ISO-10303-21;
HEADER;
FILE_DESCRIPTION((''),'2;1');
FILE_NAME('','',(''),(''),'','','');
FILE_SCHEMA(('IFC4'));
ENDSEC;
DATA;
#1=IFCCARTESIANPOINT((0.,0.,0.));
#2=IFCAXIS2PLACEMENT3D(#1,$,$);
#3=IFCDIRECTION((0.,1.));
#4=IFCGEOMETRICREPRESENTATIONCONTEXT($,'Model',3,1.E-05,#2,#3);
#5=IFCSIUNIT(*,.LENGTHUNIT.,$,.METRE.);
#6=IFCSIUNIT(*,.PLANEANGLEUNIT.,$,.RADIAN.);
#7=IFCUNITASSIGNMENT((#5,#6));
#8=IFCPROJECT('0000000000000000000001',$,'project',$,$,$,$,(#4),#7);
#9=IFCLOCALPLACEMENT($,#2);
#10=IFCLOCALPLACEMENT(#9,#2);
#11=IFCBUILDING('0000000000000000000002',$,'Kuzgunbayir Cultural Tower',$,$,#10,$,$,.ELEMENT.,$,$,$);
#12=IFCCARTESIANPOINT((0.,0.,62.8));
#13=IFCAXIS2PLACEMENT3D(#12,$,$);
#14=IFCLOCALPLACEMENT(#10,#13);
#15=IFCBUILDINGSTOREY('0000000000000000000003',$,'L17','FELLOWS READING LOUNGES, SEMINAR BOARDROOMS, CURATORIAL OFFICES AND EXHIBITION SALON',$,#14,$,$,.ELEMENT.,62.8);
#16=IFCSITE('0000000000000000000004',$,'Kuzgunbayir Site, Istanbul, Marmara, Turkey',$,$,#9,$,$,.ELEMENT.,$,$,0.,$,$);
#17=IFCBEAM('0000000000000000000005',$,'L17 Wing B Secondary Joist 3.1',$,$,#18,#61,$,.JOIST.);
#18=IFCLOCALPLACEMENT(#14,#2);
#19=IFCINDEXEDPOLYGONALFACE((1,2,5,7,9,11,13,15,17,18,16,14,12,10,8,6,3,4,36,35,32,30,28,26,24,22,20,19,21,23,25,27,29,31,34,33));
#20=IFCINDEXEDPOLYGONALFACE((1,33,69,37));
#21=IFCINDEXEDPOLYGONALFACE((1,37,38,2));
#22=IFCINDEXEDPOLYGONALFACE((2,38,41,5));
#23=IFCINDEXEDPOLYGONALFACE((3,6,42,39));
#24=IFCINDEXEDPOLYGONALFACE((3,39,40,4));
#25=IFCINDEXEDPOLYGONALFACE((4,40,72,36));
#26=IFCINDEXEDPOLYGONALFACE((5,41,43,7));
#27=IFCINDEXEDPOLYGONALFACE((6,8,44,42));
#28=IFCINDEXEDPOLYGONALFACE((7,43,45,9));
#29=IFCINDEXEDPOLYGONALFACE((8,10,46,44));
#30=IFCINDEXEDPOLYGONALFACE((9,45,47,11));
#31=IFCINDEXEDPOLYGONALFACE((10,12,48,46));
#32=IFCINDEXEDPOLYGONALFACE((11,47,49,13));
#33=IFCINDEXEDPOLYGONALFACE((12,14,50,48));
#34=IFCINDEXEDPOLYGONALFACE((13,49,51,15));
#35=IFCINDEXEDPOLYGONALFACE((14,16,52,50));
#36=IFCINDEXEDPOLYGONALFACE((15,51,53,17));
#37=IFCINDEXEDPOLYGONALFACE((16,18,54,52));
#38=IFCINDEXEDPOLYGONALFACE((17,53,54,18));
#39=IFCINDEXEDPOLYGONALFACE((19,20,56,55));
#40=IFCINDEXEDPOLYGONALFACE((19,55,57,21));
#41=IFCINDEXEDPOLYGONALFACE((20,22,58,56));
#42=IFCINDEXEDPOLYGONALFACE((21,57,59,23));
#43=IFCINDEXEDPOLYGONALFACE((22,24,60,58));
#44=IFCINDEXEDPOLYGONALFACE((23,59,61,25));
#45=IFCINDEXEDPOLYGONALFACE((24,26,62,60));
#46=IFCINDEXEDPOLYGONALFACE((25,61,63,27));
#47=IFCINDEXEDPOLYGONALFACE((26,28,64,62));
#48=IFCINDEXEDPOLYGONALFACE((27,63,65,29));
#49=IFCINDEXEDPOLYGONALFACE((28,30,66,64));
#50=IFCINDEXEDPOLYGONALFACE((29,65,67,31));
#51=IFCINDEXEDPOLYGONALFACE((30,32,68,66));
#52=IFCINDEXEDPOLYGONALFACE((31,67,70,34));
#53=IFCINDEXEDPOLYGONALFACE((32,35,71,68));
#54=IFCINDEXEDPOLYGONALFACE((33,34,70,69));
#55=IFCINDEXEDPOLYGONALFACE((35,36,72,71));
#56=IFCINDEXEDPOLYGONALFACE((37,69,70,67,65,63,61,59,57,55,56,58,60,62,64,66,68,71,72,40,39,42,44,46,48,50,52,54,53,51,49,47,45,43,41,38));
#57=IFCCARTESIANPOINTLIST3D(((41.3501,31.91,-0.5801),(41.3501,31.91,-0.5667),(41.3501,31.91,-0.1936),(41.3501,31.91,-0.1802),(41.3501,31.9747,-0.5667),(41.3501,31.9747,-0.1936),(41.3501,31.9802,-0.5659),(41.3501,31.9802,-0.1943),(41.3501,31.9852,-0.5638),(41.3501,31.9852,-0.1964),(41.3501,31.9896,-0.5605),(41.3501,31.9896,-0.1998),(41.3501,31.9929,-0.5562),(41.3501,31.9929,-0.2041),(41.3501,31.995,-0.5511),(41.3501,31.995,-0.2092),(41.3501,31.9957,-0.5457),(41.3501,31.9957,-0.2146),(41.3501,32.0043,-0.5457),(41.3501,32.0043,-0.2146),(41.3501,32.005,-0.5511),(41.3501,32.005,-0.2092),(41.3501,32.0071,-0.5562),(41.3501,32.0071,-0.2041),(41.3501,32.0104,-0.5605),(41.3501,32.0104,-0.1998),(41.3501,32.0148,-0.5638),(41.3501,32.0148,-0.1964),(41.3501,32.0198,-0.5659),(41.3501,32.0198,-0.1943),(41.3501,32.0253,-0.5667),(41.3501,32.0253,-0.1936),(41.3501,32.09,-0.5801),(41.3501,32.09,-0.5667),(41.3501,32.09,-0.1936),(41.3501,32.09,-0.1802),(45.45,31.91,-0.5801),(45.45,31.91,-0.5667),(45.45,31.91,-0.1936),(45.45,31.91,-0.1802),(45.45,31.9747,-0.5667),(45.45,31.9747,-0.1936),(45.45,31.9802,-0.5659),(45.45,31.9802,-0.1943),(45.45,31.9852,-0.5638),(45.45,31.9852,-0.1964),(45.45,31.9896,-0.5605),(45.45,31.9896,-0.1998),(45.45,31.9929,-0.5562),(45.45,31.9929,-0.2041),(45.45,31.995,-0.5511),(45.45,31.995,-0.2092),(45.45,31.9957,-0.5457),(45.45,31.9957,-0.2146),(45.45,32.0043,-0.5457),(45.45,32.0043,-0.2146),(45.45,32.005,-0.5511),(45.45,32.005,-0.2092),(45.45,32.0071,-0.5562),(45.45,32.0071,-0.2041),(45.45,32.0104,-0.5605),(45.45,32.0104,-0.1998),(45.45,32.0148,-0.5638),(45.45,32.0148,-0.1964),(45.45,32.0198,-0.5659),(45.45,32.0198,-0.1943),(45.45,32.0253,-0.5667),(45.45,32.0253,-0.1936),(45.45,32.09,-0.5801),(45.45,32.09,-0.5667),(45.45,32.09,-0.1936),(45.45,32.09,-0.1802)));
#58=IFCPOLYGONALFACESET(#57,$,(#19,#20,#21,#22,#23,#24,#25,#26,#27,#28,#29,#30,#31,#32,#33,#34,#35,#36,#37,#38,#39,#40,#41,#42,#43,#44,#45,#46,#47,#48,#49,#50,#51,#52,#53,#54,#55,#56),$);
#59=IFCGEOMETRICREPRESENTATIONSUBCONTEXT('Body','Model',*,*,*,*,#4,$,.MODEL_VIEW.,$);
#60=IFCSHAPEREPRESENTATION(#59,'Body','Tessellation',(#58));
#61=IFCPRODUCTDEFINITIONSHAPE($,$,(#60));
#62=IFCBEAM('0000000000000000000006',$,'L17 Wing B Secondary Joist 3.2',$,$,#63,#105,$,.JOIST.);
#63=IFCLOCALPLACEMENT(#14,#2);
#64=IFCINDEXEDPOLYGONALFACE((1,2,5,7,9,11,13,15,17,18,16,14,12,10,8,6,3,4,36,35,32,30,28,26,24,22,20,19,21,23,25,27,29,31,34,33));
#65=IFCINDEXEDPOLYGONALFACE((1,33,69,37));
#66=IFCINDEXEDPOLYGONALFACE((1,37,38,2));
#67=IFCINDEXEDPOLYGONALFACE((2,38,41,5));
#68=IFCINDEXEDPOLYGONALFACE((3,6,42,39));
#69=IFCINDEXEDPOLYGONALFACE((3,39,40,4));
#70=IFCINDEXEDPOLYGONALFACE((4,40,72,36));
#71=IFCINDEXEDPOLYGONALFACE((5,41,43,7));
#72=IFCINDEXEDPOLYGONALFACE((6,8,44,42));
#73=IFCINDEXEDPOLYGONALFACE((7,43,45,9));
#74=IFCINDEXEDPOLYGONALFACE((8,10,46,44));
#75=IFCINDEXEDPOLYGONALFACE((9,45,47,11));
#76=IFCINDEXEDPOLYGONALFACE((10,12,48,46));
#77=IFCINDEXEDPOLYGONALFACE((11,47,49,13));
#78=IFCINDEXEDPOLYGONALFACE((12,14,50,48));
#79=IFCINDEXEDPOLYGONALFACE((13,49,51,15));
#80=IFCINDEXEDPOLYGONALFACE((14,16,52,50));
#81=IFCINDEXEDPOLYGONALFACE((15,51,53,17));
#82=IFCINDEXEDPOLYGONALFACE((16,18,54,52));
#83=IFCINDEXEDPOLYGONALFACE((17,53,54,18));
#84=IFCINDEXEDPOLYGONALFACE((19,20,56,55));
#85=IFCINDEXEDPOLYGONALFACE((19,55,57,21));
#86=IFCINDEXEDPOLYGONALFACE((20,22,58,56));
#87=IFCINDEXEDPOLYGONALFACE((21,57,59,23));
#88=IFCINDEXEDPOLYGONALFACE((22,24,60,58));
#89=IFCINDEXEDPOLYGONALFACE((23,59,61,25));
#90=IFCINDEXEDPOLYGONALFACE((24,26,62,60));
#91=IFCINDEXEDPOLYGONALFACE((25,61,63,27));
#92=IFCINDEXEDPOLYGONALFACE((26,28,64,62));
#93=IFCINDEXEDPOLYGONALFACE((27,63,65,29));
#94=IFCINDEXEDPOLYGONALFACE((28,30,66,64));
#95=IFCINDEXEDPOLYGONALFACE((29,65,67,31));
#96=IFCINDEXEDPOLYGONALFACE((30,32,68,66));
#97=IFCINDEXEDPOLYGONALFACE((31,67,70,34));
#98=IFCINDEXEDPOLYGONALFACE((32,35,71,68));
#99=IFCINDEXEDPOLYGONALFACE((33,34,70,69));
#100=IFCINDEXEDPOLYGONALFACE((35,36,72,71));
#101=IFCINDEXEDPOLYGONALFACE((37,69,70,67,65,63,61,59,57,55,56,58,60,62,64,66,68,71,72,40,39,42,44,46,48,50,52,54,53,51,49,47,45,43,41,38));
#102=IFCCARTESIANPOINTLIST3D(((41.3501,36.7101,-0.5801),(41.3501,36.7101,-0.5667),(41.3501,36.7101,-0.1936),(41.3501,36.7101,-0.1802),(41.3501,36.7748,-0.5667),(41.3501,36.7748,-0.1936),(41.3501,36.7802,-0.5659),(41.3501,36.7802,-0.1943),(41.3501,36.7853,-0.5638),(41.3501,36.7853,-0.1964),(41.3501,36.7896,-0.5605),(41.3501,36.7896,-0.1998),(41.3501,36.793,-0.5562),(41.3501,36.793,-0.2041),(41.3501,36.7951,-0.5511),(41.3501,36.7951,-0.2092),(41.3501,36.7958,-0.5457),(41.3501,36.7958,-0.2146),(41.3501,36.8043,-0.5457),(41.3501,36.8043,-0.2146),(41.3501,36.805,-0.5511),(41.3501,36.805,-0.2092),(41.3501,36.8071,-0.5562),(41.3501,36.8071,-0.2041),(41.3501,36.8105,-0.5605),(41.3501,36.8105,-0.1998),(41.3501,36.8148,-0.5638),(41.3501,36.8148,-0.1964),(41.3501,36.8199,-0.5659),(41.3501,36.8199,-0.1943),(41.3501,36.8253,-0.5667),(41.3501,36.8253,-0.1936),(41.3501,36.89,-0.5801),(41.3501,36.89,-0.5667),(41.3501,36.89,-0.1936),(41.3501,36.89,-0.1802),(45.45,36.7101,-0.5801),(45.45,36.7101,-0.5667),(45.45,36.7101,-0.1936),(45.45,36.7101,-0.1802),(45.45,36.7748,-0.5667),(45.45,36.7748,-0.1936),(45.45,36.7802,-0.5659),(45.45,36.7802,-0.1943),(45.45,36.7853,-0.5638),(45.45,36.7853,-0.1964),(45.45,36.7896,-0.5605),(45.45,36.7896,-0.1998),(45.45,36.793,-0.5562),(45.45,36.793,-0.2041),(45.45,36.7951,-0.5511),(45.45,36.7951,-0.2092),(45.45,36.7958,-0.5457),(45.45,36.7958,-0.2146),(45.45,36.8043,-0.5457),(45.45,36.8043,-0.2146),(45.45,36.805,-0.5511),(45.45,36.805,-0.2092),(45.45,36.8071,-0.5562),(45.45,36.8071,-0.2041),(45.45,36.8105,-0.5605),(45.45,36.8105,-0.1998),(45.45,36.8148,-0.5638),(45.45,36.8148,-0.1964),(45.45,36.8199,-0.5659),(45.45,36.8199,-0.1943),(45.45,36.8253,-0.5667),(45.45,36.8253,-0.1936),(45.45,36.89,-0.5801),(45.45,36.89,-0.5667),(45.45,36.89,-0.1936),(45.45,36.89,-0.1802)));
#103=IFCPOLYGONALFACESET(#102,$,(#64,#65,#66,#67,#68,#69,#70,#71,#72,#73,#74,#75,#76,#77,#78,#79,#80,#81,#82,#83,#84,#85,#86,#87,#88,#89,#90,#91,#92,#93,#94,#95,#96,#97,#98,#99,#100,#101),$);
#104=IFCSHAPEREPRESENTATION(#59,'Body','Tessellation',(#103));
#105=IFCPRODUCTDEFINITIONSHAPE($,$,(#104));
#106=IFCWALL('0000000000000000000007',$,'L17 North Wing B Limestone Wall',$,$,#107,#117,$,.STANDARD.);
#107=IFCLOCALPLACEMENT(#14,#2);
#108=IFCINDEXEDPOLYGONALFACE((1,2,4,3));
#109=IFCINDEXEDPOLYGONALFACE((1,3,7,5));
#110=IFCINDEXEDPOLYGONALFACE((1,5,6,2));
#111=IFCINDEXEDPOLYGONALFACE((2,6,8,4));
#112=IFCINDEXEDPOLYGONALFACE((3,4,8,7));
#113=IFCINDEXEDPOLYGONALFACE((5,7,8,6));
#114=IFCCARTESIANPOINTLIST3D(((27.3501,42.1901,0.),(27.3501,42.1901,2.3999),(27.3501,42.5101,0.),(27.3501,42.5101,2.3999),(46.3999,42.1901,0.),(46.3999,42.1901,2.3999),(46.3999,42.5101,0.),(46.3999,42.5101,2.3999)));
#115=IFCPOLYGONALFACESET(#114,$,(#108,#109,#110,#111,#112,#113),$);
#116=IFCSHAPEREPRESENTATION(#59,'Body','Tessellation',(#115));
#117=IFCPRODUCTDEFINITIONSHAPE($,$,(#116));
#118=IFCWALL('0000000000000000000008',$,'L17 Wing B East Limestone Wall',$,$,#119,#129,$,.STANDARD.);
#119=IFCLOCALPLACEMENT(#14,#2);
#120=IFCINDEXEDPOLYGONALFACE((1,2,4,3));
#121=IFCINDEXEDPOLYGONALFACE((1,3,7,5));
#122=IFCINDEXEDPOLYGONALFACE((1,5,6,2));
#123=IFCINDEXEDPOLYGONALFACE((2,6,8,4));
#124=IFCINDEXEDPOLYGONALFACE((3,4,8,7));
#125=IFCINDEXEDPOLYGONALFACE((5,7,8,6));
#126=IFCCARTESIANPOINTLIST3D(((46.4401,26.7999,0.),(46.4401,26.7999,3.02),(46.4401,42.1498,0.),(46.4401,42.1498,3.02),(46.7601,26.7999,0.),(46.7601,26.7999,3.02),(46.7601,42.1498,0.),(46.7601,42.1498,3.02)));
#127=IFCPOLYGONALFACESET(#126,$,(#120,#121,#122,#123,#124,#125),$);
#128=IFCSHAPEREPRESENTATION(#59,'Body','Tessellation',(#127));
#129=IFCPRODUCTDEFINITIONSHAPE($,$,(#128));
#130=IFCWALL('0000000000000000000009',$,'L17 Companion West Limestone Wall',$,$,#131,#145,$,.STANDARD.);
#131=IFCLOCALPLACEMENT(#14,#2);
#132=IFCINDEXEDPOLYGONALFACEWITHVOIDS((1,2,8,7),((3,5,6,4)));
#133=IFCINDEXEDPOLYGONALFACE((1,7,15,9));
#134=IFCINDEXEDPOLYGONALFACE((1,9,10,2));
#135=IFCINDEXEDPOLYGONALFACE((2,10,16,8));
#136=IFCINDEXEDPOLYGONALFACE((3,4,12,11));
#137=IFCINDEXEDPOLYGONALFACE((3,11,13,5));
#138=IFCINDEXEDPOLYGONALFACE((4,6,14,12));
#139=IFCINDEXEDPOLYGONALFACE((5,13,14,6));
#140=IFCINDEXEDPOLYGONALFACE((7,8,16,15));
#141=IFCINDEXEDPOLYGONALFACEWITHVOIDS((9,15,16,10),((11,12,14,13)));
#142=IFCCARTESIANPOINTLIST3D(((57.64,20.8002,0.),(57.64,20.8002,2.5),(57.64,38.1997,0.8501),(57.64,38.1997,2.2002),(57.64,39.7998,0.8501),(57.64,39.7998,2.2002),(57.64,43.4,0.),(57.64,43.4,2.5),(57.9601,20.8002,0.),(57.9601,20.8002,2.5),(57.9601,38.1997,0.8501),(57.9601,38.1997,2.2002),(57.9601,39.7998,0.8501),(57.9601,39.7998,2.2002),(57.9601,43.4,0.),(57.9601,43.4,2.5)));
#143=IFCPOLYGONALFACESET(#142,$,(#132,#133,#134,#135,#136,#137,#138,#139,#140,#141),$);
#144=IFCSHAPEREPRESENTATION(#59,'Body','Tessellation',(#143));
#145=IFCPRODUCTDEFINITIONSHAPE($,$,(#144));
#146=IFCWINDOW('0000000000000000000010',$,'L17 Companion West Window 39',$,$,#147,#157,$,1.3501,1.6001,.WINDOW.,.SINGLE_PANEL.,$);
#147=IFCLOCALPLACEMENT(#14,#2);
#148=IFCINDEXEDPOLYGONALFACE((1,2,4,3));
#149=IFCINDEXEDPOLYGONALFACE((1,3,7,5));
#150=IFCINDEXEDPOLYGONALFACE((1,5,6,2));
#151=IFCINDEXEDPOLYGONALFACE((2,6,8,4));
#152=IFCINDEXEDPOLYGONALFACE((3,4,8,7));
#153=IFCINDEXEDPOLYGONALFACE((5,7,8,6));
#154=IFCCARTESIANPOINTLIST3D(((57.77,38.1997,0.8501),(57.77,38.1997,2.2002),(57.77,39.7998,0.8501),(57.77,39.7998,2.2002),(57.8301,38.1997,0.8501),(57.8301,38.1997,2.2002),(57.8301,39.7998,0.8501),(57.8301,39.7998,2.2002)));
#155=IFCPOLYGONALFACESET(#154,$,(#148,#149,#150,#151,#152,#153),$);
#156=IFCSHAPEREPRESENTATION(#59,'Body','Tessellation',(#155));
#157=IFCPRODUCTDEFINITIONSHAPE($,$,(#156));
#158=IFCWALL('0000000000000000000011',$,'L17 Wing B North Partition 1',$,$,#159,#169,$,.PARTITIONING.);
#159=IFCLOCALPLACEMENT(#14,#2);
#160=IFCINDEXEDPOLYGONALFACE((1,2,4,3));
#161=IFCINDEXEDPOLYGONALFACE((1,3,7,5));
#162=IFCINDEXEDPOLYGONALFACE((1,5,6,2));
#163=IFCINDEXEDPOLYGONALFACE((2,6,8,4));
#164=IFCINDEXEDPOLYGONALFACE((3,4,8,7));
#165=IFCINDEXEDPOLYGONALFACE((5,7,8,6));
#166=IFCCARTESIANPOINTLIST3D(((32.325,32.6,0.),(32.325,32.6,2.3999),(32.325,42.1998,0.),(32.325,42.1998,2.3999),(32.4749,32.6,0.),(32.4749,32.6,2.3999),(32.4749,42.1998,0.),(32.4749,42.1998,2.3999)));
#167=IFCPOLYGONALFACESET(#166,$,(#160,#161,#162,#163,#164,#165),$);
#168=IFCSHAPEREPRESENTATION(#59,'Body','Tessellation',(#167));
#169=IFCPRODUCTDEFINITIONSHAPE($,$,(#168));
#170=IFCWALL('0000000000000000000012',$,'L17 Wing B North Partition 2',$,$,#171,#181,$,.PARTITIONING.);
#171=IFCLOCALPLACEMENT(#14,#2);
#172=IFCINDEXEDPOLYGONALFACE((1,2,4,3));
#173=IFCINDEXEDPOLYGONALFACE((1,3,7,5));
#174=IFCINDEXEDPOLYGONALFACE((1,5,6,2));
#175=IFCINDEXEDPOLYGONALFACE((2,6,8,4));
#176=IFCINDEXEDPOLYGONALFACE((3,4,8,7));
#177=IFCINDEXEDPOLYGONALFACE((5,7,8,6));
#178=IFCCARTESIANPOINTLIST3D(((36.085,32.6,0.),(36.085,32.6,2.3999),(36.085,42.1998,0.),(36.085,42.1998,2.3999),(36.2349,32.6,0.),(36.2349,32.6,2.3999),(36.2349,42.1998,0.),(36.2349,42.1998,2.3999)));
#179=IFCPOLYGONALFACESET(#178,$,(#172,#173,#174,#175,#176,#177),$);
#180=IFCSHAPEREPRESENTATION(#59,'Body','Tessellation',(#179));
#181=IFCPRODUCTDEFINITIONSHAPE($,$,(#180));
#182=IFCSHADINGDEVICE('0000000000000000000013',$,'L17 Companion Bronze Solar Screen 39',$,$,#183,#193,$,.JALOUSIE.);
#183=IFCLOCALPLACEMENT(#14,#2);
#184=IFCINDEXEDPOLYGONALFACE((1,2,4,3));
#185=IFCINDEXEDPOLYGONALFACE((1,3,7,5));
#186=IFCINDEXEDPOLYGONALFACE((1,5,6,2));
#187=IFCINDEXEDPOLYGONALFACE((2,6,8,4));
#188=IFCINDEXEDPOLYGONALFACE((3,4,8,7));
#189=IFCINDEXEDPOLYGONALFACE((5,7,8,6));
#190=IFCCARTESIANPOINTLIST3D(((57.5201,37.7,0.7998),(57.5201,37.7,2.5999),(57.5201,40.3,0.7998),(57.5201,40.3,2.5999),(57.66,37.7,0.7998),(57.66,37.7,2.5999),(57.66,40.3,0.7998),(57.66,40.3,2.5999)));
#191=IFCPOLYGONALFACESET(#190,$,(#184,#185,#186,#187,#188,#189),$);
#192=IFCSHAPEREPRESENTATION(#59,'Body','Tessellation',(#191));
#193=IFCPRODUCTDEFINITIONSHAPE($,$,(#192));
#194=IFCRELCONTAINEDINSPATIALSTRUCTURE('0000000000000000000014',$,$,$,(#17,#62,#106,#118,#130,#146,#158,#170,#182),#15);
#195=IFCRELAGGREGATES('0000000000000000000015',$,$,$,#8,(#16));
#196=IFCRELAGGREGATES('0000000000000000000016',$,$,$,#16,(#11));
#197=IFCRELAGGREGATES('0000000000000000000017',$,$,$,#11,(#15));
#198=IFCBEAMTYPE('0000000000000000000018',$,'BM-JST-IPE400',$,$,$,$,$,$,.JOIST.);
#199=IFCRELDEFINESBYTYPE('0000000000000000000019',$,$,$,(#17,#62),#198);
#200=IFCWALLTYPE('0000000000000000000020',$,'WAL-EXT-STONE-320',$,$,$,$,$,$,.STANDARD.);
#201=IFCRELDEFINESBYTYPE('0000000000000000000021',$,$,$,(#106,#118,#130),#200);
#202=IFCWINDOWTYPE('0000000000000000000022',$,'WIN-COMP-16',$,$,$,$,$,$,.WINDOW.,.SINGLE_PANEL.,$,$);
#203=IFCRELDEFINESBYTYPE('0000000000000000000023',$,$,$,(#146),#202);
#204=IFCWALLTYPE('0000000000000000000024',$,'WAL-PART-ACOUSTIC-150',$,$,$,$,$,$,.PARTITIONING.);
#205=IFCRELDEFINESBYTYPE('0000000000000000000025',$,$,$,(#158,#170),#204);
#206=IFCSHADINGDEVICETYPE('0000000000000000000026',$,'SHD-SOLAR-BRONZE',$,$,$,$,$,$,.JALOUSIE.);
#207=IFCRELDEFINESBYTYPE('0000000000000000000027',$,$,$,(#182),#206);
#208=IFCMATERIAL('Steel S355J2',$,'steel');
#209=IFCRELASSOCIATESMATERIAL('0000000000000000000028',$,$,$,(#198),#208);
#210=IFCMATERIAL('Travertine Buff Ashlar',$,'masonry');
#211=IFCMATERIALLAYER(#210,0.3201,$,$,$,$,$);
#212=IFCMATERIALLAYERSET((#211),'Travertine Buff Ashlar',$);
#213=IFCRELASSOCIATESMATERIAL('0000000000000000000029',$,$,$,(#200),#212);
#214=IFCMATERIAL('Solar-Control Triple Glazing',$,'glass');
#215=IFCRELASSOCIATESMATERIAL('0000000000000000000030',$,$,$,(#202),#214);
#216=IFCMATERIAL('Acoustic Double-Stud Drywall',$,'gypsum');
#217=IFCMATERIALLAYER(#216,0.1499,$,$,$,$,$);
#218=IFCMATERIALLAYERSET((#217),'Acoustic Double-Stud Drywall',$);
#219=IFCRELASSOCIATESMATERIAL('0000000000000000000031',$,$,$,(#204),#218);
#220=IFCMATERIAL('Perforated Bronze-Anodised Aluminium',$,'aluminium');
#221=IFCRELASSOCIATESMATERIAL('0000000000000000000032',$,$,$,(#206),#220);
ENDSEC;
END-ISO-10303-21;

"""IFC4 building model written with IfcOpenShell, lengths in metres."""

from ifc_helpers import new_model, si_unit, direction, frame, frame_2d, origin, origin_2d, place, context, subcontext, project, spatial, rectangle, i_section, extrude, material, layer, layer_set, material_profile, profile_set, type_object, element, fill, save


model = new_model("IFC4")

# Units and contexts
model_context = context("Model", 3, precision=1e-05, world=origin(), true_north=direction((0.0, 1.0)))
body_context = subcontext(model_context, "Body", "Model", "MODEL_VIEW")
ifc_project = project(units=[si_unit("LENGTHUNIT", "METRE"), si_unit("PLANEANGLEUNIT", "RADIAN")], contexts=[model_context])

# Site, building, storey
site_placement = place(None, origin())
site = spatial("IfcSite", under=ifc_project, at=site_placement, Name="Kuzgunbayir Site, Istanbul, Marmara, Turkey", CompositionType="ELEMENT", RefElevation=0.0)
building_placement = place(site_placement, origin())
building = spatial("IfcBuilding", under=site, at=building_placement, Name="Kuzgunbayir Cultural Tower", CompositionType="ELEMENT")
storey_placement = place(building_placement, frame((0.0, 0.0, 62.8)))
storey = spatial("IfcBuildingStorey", under=building, at=storey_placement, Name="L17", Description="FELLOWS READING LOUNGES, SEMINAR BOARDROOMS, CURATORIAL OFFICES AND EXHIBITION SALON", CompositionType="ELEMENT", Elevation=62.8)

# Beams
ifc_material_1 = material(Name="Steel S355J2", Category="steel")
ifc_material_profile_1 = material_profile(ifc_material_1, i_section(OverallWidth=0.1799, OverallDepth=0.3999, WebThickness=0.0085, FlangeThickness=0.0134, FilletRadius=0.021, at=origin_2d()), Name="IPE 400")
ifc_profile_set_1 = profile_set([ifc_material_profile_1], Name="Steel S355J2")
beam_type_1 = type_object("IfcBeamType", Name="BM-JST-IPE400", PredefinedType="JOIST", material=ifc_profile_set_1)
for number, where, z_axis, x_axis, name in (
    (1, (41.3501, 32.0, -0.3801), (1.0, 0.0, 0.0), (0.0, 1.0, 0.0), "L17 Wing B Secondary Joist 3.1"),
    (2, (41.3501, 36.8, -0.3801), (1.0, 0.0, 0.0), (0.0, 1.0, 0.0), "L17 Wing B Secondary Joist 3.2"),
):
    element("IfcBeam", number, at=place(storey_placement, frame(where, z_axis=z_axis, x_axis=x_axis)), inside=storey, type_object=beam_type_1, Name=name, PredefinedType="JOIST", context=body_context, shape_type="SweptSolid", body=[
        extrude(i_section(OverallWidth=0.1799, OverallDepth=0.3999, WebThickness=0.0085, FlangeThickness=0.0134, FilletRadius=0.021, at=origin_2d()), origin(), (0.0, 0.0, 1.0), 4.0999),
    ])

# Walls
ifc_material_2 = material(Name="Travertine Buff Ashlar", Category="masonry")
ifc_layer_1 = layer(ifc_material_2, 0.3201)
ifc_layer_set_1 = layer_set([ifc_layer_1], Name="Travertine Buff Ashlar")
wall_type_1 = type_object("IfcWallType", Name="WAL-EXT-STONE-320", PredefinedType="STANDARD", material=ifc_layer_set_1)
wall_1_placement = place(storey_placement, frame((46.3999, 42.3501, 0.0), z_axis=(0.0, 0.0, 1.0), x_axis=(-1.0, 0.0, 0.0)))
element("IfcWall", 3, at=wall_1_placement, inside=storey, type_object=wall_type_1, Name="L17 North Wing B Limestone Wall", PredefinedType="STANDARD", context=body_context, shape_type="SweptSolid", body=[
    extrude(rectangle(XDim=19.0498, YDim=0.3201, at=frame_2d((9.5249, 0.0))), origin(), (0.0, 0.0, 1.0), 2.3999),
])
wall_2_placement = place(storey_placement, frame((46.6001, 26.8, 0.0), z_axis=(0.0, 0.0, 1.0), x_axis=(0.0, 1.0, 0.0)))
element("IfcWall", 4, at=wall_2_placement, inside=storey, type_object=wall_type_1, Name="L17 Wing B East Limestone Wall", PredefinedType="STANDARD", context=body_context, shape_type="SweptSolid", body=[
    extrude(rectangle(XDim=15.3499, YDim=0.3201, at=frame_2d((7.6748, 0.0))), origin(), (0.0, 0.0, 1.0), 3.02),
])

# Wall, opening, window
wall_3_placement = place(storey_placement, frame((57.8, 43.3999, 0.0), z_axis=(0.0, 0.0, 1.0), x_axis=(0.0, -1.0, 0.0)))
wall_3 = element("IfcWall", 5, at=wall_3_placement, inside=storey, type_object=wall_type_1, Name="L17 Companion West Limestone Wall", PredefinedType="STANDARD", context=body_context, shape_type="SweptSolid", body=[
    extrude(rectangle(XDim=22.5999, YDim=0.3201, at=frame_2d((11.2998, 0.0))), origin(), (0.0, 0.0, 1.0), 2.5),
])
opening_placement = place(wall_3_placement, frame((3.6001, 0.0, 0.8501)))
opening = element("IfcOpeningElement", 6, at=opening_placement, cuts=wall_3, PredefinedType="OPENING", context=body_context, shape_type="SweptSolid", body=[
    extrude(rectangle(XDim=1.6001, YDim=1.3501, at=frame_2d((0.8, 0.675))), frame((0.0, 0.1699, 0.0), z_axis=(0.0, -1.0, 0.0), x_axis=(1.0, 0.0, 0.0)), (0.0, 0.0, 1.0), 0.3401),
])
ifc_material_3 = material(Name="Solar-Control Triple Glazing", Category="glass")
window_type = type_object("IfcWindowType", Name="WIN-COMP-16", PartitioningType="SINGLE_PANEL", PredefinedType="WINDOW", material=ifc_material_3)
window_placement = place(opening_placement, origin())
window = element("IfcWindow", 7, at=window_placement, inside=storey, type_object=window_type, Name="L17 Companion West Window 39", OverallHeight=1.3501, OverallWidth=1.6001, PartitioningType="SINGLE_PANEL", PredefinedType="WINDOW", context=body_context, shape_type="SweptSolid", body=[
    extrude(rectangle(XDim=1.6001, YDim=1.3501, at=frame_2d((0.8, 0.675))), frame((0.0, 0.03, 0.0), z_axis=(0.0, -1.0, 0.0), x_axis=(1.0, 0.0, 0.0)), (0.0, 0.0, 1.0), 0.0601),
])
fill(opening, window)

# Walls
ifc_material_4 = material(Name="Acoustic Double-Stud Drywall", Category="gypsum")
ifc_layer_2 = layer(ifc_material_4, 0.1499)
ifc_layer_set_2 = layer_set([ifc_layer_2], Name="Acoustic Double-Stud Drywall")
wall_type_2 = type_object("IfcWallType", Name="WAL-PART-ACOUSTIC-150", PredefinedType="PARTITIONING", material=ifc_layer_set_2)
for number, where, z_axis, x_axis, name in (
    (8, (32.3999, 32.6001, 0.0), (0.0, 0.0, 1.0), (0.0, 1.0, 0.0), "L17 Wing B North Partition 1"),
    (9, (36.1599, 32.6001, 0.0), (0.0, 0.0, 1.0), (0.0, 1.0, 0.0), "L17 Wing B North Partition 2"),
):
    element("IfcWall", number, at=place(storey_placement, frame(where, z_axis=z_axis, x_axis=x_axis)), inside=storey, type_object=wall_type_2, Name=name, PredefinedType="PARTITIONING", context=body_context, shape_type="SweptSolid", body=[
        extrude(rectangle(XDim=9.5999, YDim=0.1499, at=frame_2d((4.7998, 0.0))), origin(), (0.0, 0.0, 1.0), 2.3999),
    ])

# Shading device
ifc_material_5 = material(Name="Perforated Bronze-Anodised Aluminium", Category="aluminium")
shading_device_type = type_object("IfcShadingDeviceType", Name="SHD-SOLAR-BRONZE", PredefinedType="JALOUSIE", material=ifc_material_5)
shading_device_placement = place(storey_placement, frame((57.5901, 39.0, 0.7998), z_axis=(0.0, 0.0, 1.0), x_axis=(1.0, 0.0, 0.0)))
element("IfcShadingDevice", 10, at=shading_device_placement, inside=storey, type_object=shading_device_type, Name="L17 Companion Bronze Solar Screen 39", PredefinedType="JALOUSIE", context=body_context, shape_type="SweptSolid", body=[
    extrude(rectangle(XDim=0.1399, YDim=2.6001, at=origin_2d()), origin(), (0.0, 0.0, 1.0), 1.8),
])

save(model, "model.ifc")
